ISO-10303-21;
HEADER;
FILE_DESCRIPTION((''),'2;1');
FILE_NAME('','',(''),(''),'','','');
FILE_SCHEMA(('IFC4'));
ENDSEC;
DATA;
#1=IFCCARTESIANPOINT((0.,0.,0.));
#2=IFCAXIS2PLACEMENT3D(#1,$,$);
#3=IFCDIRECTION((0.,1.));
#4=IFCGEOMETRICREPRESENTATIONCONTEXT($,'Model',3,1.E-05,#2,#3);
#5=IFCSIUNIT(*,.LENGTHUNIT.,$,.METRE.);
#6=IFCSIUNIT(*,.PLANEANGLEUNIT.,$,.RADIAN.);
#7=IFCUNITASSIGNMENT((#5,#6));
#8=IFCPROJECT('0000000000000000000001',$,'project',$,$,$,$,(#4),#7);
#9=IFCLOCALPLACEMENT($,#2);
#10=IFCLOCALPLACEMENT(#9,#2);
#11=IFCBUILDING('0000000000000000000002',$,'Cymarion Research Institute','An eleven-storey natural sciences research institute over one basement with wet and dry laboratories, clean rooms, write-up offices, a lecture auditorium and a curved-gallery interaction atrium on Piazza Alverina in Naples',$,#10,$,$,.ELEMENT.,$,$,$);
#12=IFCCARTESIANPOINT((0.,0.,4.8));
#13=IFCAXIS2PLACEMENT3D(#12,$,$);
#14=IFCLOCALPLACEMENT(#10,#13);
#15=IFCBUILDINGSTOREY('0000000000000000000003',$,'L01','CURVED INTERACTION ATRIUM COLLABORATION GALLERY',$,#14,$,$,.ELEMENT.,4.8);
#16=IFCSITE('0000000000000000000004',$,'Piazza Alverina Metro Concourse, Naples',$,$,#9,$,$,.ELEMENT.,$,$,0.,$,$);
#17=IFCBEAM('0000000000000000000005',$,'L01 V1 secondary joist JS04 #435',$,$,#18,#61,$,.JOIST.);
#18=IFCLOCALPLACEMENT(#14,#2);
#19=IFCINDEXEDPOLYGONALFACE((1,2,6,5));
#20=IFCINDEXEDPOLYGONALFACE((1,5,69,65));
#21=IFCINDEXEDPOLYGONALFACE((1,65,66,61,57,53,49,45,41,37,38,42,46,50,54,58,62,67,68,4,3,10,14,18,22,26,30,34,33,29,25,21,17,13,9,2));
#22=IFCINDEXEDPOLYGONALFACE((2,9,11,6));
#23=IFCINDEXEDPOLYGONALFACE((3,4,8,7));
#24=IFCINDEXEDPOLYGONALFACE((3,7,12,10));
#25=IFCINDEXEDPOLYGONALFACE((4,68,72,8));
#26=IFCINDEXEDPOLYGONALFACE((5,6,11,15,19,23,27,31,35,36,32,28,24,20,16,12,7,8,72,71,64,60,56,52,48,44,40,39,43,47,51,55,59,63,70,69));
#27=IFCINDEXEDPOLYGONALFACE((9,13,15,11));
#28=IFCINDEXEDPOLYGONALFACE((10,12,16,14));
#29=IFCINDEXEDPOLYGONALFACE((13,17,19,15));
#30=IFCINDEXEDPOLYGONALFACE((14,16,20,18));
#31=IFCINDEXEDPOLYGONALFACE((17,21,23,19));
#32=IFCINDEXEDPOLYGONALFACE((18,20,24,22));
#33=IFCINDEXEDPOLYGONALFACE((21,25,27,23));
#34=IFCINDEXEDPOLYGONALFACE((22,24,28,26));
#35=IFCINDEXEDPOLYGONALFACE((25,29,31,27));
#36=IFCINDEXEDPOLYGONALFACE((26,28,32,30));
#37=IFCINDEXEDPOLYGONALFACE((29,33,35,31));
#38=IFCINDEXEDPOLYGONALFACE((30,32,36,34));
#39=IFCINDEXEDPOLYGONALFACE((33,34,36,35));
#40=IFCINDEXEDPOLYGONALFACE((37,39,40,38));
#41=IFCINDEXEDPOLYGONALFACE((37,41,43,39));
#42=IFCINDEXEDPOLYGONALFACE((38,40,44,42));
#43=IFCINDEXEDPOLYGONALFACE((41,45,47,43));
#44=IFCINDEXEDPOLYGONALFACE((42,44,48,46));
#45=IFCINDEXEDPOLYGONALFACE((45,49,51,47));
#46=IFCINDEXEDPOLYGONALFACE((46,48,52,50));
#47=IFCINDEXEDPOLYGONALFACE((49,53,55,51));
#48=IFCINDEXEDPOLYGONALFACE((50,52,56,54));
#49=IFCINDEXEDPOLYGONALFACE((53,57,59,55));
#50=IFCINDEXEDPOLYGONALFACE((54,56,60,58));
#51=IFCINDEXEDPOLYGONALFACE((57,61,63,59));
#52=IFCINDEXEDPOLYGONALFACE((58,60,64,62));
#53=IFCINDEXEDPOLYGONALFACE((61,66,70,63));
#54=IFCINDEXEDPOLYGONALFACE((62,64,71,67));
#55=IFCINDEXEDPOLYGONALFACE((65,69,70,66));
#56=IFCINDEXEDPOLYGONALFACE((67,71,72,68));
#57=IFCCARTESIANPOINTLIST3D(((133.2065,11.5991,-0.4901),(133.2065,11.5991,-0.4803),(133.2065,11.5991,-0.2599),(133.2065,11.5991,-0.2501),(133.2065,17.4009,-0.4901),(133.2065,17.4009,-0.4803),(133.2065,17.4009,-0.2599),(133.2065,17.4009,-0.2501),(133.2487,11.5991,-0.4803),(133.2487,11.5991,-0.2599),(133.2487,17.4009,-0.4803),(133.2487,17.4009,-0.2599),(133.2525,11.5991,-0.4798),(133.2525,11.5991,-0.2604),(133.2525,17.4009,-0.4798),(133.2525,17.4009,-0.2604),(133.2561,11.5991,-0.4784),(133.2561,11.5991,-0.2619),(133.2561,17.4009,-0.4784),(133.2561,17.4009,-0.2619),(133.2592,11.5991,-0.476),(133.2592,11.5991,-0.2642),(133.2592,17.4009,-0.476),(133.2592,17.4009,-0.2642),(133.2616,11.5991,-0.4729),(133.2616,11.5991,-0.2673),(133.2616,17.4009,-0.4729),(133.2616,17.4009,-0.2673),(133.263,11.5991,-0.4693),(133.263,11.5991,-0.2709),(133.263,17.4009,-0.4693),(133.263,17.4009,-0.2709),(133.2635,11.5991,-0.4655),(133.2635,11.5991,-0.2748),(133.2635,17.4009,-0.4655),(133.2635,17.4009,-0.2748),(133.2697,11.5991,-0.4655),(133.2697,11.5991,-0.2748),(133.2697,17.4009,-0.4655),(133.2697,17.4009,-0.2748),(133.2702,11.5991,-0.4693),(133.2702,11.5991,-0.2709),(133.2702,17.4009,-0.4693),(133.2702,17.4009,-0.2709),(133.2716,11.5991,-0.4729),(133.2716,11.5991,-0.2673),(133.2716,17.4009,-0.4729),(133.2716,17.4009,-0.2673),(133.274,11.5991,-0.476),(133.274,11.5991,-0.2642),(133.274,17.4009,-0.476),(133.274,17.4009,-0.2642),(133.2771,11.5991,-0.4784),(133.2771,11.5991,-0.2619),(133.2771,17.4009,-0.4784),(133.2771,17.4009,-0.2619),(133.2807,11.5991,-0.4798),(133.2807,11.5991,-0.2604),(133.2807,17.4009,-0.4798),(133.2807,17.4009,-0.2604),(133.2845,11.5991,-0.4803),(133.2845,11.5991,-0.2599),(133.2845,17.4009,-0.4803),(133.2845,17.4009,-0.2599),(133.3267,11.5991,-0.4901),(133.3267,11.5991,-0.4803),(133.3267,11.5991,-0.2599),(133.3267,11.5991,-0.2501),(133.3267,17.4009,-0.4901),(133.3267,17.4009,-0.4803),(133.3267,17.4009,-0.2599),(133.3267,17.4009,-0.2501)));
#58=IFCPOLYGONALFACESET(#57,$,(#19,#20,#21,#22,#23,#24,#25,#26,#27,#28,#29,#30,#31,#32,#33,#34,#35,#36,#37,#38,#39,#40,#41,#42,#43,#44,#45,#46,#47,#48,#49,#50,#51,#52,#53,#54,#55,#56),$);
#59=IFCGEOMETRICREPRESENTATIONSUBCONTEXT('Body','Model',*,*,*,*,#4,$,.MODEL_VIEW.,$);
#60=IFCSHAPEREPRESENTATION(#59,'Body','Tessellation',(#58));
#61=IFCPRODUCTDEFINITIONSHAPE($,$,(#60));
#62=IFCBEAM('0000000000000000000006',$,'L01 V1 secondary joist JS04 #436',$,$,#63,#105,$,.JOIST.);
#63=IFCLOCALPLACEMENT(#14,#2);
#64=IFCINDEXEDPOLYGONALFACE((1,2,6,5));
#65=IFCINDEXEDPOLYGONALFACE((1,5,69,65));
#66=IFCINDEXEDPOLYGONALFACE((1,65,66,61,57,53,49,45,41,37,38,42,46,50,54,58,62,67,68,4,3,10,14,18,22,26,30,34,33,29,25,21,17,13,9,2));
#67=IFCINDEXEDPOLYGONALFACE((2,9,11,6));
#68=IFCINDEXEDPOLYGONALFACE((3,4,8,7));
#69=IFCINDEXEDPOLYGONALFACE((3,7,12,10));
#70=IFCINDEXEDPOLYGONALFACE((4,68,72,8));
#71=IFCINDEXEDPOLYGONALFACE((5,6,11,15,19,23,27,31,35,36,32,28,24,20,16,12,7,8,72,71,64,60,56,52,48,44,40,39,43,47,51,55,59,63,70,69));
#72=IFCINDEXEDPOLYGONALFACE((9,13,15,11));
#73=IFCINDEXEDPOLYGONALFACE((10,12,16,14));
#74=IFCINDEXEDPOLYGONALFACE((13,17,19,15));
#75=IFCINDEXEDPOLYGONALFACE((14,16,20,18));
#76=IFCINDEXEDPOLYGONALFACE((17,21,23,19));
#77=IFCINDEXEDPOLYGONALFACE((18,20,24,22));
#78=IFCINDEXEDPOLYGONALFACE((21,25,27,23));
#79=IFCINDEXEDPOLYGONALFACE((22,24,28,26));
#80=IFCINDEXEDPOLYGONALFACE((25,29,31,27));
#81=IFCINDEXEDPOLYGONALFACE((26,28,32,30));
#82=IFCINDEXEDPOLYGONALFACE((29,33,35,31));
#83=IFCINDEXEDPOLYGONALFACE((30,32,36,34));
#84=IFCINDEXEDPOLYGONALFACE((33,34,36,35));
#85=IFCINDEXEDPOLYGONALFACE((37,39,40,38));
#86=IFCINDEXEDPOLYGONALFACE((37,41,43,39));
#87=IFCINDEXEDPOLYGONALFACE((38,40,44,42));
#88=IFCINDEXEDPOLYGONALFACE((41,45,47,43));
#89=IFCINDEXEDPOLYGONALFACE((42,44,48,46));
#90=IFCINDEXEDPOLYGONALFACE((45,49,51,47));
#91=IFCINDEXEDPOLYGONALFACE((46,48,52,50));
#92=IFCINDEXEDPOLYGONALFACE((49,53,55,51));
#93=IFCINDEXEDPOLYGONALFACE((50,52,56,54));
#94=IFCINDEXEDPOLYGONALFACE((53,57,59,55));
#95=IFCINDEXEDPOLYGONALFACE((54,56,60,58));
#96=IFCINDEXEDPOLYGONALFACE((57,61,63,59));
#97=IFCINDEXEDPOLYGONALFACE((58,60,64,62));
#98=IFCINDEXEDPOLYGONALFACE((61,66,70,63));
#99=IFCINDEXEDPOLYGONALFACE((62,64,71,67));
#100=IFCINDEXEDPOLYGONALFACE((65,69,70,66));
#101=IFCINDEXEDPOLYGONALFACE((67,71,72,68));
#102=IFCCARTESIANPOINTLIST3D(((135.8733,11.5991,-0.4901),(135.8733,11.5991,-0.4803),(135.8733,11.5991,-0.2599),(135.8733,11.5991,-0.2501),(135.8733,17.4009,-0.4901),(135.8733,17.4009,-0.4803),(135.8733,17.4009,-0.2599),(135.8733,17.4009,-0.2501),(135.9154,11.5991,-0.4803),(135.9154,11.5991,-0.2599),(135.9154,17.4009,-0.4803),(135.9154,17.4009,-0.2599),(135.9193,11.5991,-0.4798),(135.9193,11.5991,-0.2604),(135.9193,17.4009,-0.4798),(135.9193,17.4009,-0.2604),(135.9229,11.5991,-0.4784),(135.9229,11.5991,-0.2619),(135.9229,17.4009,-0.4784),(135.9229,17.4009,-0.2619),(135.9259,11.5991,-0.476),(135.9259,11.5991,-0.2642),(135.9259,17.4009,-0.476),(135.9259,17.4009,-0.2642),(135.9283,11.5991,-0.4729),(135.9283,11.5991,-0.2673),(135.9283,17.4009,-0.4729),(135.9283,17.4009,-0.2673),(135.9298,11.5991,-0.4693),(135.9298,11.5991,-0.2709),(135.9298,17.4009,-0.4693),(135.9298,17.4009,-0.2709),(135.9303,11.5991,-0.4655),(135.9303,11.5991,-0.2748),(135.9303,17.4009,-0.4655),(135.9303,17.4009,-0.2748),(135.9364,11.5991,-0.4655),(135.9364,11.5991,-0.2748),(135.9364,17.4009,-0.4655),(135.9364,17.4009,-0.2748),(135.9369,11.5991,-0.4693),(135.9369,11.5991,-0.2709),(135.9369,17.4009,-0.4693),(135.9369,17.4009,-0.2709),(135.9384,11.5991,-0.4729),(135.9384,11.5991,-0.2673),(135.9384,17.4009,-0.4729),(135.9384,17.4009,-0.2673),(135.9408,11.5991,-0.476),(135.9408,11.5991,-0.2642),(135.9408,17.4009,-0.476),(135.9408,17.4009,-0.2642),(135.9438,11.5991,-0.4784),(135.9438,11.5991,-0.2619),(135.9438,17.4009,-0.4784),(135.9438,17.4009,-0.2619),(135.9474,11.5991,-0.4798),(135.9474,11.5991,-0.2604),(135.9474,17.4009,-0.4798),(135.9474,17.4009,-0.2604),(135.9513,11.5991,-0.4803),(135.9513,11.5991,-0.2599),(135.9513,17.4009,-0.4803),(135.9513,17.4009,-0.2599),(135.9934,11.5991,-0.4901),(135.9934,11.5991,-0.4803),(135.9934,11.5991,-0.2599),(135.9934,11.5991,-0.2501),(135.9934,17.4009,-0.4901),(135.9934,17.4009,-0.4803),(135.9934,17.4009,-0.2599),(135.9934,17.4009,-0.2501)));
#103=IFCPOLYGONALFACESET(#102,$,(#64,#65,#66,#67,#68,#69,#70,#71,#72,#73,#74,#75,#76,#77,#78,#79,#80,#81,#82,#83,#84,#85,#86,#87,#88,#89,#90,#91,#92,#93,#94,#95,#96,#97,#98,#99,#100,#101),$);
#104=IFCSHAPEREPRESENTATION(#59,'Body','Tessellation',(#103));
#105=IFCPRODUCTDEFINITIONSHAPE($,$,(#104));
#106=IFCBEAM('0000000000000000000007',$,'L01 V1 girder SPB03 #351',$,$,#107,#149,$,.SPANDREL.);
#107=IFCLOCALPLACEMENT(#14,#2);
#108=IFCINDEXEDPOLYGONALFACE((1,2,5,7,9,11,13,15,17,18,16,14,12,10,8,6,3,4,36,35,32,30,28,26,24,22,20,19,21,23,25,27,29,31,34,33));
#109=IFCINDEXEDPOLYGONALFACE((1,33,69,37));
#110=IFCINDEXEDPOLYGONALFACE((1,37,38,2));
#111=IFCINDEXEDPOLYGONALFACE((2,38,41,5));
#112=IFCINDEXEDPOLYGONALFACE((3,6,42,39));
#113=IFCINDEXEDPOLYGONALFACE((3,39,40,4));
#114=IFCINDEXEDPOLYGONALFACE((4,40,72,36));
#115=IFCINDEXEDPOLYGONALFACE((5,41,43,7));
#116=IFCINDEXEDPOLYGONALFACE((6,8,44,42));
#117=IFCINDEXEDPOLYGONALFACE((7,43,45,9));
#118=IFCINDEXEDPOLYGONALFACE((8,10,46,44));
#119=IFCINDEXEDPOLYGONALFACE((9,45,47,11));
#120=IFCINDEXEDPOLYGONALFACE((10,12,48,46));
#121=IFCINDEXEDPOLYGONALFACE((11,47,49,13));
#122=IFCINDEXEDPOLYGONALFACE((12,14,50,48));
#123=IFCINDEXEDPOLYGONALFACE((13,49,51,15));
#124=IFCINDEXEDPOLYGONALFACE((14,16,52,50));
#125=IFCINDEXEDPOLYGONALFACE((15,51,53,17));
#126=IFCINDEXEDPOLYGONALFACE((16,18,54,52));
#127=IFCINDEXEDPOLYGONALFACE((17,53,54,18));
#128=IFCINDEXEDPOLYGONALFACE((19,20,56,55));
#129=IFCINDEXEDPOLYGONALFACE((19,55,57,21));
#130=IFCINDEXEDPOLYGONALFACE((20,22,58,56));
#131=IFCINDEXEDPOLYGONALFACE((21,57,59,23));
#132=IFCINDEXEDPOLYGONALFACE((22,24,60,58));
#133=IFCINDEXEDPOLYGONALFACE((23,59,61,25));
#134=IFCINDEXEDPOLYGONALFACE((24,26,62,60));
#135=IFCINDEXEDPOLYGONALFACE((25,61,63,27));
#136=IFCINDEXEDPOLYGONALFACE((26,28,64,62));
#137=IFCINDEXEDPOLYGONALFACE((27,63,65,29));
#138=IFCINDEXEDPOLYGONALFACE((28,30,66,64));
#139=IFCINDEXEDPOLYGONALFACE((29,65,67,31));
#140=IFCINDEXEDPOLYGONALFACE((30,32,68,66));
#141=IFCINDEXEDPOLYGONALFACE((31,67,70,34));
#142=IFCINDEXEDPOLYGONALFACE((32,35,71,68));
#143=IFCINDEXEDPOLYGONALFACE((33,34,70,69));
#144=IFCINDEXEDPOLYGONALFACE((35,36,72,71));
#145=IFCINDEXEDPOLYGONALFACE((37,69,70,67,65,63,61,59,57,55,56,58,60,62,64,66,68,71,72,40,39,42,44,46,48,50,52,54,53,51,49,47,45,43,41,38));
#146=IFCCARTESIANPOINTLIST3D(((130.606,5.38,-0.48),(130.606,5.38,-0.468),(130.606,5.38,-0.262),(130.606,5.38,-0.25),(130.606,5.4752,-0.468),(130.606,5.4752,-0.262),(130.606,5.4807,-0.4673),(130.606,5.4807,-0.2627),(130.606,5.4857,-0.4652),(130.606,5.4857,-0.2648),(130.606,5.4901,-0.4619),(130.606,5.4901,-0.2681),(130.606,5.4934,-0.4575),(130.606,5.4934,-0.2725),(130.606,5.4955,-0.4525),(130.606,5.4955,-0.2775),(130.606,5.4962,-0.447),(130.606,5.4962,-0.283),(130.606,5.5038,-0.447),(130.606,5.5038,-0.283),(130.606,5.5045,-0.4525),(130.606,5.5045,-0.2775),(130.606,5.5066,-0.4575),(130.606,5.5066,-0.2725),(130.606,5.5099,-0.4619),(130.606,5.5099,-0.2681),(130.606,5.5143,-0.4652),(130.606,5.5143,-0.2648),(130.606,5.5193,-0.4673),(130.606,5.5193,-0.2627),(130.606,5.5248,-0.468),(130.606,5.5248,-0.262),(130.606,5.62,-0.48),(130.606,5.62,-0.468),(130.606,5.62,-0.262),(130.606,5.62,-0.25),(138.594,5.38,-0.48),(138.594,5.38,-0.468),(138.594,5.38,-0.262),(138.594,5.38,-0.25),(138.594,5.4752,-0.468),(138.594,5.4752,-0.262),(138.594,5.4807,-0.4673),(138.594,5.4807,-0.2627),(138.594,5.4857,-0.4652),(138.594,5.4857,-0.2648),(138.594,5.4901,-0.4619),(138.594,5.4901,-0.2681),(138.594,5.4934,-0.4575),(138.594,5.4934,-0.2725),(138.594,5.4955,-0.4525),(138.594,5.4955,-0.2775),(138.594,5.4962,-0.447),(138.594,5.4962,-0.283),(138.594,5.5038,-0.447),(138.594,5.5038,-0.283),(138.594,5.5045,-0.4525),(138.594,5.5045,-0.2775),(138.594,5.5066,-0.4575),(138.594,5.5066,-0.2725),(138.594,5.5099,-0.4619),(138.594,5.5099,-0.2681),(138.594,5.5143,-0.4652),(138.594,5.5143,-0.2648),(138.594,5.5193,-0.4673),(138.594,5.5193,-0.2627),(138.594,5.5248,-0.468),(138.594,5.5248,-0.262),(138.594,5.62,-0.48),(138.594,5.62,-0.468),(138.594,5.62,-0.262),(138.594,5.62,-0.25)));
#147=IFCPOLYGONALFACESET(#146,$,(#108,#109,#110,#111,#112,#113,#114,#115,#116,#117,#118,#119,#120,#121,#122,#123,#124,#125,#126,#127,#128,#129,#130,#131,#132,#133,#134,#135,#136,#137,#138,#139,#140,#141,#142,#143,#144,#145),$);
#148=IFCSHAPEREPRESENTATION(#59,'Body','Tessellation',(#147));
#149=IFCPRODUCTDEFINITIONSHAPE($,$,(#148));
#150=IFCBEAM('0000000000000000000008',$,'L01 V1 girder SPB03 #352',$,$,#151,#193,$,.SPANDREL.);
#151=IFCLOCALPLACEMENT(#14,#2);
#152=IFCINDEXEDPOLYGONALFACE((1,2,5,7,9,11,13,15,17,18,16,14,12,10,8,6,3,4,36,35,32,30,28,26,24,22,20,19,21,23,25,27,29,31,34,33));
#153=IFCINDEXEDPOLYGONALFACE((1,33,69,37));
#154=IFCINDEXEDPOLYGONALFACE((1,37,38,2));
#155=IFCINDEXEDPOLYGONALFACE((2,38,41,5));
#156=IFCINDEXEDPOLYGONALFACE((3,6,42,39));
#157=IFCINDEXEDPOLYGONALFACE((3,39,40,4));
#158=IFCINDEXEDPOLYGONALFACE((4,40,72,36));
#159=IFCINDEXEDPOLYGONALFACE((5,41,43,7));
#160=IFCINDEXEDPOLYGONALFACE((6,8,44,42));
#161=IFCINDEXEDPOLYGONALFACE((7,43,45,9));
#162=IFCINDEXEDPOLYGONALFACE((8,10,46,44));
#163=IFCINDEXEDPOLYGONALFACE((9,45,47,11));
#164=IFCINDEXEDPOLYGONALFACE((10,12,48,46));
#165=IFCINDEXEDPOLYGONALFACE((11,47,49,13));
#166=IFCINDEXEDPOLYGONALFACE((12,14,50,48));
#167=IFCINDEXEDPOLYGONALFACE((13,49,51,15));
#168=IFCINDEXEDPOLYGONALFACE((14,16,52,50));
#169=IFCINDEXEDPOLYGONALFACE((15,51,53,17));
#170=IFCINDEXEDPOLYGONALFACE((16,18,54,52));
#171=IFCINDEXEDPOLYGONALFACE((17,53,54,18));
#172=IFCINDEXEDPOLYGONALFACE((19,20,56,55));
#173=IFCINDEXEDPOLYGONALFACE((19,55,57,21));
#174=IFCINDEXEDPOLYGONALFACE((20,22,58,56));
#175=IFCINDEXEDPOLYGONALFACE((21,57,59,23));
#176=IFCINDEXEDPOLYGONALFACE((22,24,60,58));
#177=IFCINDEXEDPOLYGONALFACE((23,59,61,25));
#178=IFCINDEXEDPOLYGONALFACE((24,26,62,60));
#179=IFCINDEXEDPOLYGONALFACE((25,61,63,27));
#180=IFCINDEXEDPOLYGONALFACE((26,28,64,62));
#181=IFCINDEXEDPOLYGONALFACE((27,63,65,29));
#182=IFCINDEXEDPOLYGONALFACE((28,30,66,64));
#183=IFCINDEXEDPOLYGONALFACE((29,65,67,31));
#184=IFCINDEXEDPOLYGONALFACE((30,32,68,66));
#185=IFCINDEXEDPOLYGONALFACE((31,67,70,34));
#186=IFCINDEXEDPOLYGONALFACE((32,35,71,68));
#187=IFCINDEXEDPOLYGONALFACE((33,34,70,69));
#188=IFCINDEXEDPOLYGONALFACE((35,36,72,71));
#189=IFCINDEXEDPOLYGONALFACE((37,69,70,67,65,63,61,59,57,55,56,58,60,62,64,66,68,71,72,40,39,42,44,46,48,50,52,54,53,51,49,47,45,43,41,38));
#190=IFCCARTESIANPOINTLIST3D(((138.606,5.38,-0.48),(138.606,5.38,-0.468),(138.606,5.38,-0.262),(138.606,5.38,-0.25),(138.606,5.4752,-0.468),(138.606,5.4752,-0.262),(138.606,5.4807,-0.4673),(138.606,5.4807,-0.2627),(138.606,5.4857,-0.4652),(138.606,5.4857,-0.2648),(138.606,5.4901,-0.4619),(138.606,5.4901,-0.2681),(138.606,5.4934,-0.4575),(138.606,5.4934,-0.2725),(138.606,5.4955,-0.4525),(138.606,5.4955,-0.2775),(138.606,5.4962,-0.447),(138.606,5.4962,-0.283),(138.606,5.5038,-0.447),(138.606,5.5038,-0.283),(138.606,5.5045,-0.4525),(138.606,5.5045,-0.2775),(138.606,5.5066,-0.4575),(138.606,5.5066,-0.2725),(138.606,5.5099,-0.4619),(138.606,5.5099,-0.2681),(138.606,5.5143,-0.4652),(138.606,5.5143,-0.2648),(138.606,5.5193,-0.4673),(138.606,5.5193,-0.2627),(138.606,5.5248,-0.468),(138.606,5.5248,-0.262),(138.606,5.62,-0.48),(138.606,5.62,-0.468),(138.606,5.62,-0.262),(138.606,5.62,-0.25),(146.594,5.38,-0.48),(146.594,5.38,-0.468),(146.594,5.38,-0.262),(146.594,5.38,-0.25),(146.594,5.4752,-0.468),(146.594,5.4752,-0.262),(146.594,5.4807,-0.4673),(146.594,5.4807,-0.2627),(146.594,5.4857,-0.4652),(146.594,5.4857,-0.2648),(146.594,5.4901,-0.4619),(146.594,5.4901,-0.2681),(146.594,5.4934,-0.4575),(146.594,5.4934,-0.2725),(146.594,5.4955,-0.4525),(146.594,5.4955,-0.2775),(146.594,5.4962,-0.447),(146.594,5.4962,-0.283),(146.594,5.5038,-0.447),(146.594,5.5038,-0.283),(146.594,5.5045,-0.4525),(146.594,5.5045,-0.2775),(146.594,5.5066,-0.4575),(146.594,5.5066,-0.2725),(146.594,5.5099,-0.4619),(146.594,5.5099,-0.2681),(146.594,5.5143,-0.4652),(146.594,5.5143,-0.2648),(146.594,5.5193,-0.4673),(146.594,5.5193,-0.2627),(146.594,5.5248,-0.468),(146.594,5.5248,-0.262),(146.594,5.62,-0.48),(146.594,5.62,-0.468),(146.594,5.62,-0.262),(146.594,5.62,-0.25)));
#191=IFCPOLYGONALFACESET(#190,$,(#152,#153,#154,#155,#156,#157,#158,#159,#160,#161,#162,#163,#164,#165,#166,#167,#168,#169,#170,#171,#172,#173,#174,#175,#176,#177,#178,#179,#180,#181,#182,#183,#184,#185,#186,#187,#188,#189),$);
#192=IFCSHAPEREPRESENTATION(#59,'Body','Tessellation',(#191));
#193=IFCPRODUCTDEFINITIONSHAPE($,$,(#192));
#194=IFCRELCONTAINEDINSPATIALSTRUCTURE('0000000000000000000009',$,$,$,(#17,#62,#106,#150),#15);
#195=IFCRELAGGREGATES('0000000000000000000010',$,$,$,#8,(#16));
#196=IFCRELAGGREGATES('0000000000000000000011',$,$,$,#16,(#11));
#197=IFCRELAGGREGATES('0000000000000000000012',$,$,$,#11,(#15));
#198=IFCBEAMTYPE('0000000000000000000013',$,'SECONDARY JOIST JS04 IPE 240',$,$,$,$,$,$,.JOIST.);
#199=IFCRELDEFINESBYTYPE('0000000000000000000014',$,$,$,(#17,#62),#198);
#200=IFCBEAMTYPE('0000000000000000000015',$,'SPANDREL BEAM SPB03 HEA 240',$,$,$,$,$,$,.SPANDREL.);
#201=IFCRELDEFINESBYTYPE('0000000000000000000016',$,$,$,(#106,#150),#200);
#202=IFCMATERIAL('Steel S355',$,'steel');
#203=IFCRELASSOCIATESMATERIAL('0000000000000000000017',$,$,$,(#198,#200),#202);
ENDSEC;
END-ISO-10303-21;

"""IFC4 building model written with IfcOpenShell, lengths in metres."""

from ifc_helpers import new_model, si_unit, direction, frame, origin, origin_2d, place, context, subcontext, project, spatial, i_section, extrude, material, material_profile, profile_set, type_object, element, save


model = new_model("IFC4")

# Units and contexts
model_context = context("Model", 3, precision=1e-05, world=origin(), true_north=direction((0.0, 1.0)))
body_context = subcontext(model_context, "Body", "Model", "MODEL_VIEW")
ifc_project = project(units=[si_unit("LENGTHUNIT", "METRE"), si_unit("PLANEANGLEUNIT", "RADIAN")], contexts=[model_context])

# Site, building, storey
site_placement = place(None, origin())
site = spatial("IfcSite", under=ifc_project, at=site_placement, Name="Piazza Alverina Metro Concourse, Naples", CompositionType="ELEMENT", RefElevation=0.0)
building_placement = place(site_placement, origin())
building = spatial("IfcBuilding", under=site, at=building_placement, Name="Cymarion Research Institute", Description="An eleven-storey natural sciences research institute over one basement with wet and dry laboratories, clean rooms, write-up offices, a lecture auditorium and a curved-gallery interaction atrium on Piazza Alverina in Naples", CompositionType="ELEMENT")
storey_placement = place(building_placement, frame((0.0, 0.0, 4.8)))
storey = spatial("IfcBuildingStorey", under=building, at=storey_placement, Name="L01", Description="CURVED INTERACTION ATRIUM COLLABORATION GALLERY", CompositionType="ELEMENT", Elevation=4.8)

# Shared definitions
ifc_material_1 = material(Name="Steel S355", Category="steel")

# Beams
ifc_material_profile_1 = material_profile(ifc_material_1, i_section(OverallWidth=0.1201, OverallDepth=0.24, WebThickness=0.0061, FlangeThickness=0.0098, FilletRadius=0.0149, at=origin_2d()), Name="IPE 240")
ifc_profile_set_1 = profile_set([ifc_material_profile_1], Name="Steel S355")
beam_type_1 = type_object("IfcBeamType", Name="SECONDARY JOIST JS04 IPE 240", PredefinedType="JOIST", material=ifc_profile_set_1)
for number, where, z_axis, x_axis, name in (
    (1, (133.2666, 11.5991, -0.3701), (0.0, 1.0, 0.0), (-1.0, 0.0, 0.0), "L01 V1 secondary joist JS04 #435"),
    (2, (135.9333, 11.5991, -0.3701), (0.0, 1.0, 0.0), (-1.0, 0.0, 0.0), "L01 V1 secondary joist JS04 #436"),
):
    element("IfcBeam", number, at=place(storey_placement, frame(where, z_axis=z_axis, x_axis=x_axis)), inside=storey, type_object=beam_type_1, Name=name, PredefinedType="JOIST", context=body_context, shape_type="SweptSolid", body=[
        extrude(i_section(OverallWidth=0.1201, OverallDepth=0.24, WebThickness=0.0061, FlangeThickness=0.0098, FilletRadius=0.0149, at=origin_2d()), origin(), (0.0, 0.0, 1.0), 5.8018),
    ])
ifc_material_profile_2 = material_profile(ifc_material_1, i_section(OverallWidth=0.24, OverallDepth=0.23, WebThickness=0.0076, FlangeThickness=0.012, FilletRadius=0.021, at=origin_2d()), Name="HEA 240")
ifc_profile_set_2 = profile_set([ifc_material_profile_2], Name="Steel S355")
beam_type_2 = type_object("IfcBeamType", Name="SPANDREL BEAM SPB03 HEA 240", PredefinedType="SPANDREL", material=ifc_profile_set_2)
for number, where, z_axis, x_axis, name in (
    (3, (130.606, 5.5, -0.365), (1.0, 0.0, 0.0), (0.0, 1.0, 0.0), "L01 V1 girder SPB03 #351"),
    (4, (138.606, 5.5, -0.365), (1.0, 0.0, 0.0), (0.0, 1.0, 0.0), "L01 V1 girder SPB03 #352"),
):
    element("IfcBeam", number, at=place(storey_placement, frame(where, z_axis=z_axis, x_axis=x_axis)), inside=storey, type_object=beam_type_2, Name=name, PredefinedType="SPANDREL", context=body_context, shape_type="SweptSolid", body=[
        extrude(i_section(OverallWidth=0.24, OverallDepth=0.23, WebThickness=0.0076, FlangeThickness=0.012, FilletRadius=0.021, at=origin_2d()), origin(), (0.0, 0.0, 1.0), 7.988),
    ])

save(model, "model.ifc")
